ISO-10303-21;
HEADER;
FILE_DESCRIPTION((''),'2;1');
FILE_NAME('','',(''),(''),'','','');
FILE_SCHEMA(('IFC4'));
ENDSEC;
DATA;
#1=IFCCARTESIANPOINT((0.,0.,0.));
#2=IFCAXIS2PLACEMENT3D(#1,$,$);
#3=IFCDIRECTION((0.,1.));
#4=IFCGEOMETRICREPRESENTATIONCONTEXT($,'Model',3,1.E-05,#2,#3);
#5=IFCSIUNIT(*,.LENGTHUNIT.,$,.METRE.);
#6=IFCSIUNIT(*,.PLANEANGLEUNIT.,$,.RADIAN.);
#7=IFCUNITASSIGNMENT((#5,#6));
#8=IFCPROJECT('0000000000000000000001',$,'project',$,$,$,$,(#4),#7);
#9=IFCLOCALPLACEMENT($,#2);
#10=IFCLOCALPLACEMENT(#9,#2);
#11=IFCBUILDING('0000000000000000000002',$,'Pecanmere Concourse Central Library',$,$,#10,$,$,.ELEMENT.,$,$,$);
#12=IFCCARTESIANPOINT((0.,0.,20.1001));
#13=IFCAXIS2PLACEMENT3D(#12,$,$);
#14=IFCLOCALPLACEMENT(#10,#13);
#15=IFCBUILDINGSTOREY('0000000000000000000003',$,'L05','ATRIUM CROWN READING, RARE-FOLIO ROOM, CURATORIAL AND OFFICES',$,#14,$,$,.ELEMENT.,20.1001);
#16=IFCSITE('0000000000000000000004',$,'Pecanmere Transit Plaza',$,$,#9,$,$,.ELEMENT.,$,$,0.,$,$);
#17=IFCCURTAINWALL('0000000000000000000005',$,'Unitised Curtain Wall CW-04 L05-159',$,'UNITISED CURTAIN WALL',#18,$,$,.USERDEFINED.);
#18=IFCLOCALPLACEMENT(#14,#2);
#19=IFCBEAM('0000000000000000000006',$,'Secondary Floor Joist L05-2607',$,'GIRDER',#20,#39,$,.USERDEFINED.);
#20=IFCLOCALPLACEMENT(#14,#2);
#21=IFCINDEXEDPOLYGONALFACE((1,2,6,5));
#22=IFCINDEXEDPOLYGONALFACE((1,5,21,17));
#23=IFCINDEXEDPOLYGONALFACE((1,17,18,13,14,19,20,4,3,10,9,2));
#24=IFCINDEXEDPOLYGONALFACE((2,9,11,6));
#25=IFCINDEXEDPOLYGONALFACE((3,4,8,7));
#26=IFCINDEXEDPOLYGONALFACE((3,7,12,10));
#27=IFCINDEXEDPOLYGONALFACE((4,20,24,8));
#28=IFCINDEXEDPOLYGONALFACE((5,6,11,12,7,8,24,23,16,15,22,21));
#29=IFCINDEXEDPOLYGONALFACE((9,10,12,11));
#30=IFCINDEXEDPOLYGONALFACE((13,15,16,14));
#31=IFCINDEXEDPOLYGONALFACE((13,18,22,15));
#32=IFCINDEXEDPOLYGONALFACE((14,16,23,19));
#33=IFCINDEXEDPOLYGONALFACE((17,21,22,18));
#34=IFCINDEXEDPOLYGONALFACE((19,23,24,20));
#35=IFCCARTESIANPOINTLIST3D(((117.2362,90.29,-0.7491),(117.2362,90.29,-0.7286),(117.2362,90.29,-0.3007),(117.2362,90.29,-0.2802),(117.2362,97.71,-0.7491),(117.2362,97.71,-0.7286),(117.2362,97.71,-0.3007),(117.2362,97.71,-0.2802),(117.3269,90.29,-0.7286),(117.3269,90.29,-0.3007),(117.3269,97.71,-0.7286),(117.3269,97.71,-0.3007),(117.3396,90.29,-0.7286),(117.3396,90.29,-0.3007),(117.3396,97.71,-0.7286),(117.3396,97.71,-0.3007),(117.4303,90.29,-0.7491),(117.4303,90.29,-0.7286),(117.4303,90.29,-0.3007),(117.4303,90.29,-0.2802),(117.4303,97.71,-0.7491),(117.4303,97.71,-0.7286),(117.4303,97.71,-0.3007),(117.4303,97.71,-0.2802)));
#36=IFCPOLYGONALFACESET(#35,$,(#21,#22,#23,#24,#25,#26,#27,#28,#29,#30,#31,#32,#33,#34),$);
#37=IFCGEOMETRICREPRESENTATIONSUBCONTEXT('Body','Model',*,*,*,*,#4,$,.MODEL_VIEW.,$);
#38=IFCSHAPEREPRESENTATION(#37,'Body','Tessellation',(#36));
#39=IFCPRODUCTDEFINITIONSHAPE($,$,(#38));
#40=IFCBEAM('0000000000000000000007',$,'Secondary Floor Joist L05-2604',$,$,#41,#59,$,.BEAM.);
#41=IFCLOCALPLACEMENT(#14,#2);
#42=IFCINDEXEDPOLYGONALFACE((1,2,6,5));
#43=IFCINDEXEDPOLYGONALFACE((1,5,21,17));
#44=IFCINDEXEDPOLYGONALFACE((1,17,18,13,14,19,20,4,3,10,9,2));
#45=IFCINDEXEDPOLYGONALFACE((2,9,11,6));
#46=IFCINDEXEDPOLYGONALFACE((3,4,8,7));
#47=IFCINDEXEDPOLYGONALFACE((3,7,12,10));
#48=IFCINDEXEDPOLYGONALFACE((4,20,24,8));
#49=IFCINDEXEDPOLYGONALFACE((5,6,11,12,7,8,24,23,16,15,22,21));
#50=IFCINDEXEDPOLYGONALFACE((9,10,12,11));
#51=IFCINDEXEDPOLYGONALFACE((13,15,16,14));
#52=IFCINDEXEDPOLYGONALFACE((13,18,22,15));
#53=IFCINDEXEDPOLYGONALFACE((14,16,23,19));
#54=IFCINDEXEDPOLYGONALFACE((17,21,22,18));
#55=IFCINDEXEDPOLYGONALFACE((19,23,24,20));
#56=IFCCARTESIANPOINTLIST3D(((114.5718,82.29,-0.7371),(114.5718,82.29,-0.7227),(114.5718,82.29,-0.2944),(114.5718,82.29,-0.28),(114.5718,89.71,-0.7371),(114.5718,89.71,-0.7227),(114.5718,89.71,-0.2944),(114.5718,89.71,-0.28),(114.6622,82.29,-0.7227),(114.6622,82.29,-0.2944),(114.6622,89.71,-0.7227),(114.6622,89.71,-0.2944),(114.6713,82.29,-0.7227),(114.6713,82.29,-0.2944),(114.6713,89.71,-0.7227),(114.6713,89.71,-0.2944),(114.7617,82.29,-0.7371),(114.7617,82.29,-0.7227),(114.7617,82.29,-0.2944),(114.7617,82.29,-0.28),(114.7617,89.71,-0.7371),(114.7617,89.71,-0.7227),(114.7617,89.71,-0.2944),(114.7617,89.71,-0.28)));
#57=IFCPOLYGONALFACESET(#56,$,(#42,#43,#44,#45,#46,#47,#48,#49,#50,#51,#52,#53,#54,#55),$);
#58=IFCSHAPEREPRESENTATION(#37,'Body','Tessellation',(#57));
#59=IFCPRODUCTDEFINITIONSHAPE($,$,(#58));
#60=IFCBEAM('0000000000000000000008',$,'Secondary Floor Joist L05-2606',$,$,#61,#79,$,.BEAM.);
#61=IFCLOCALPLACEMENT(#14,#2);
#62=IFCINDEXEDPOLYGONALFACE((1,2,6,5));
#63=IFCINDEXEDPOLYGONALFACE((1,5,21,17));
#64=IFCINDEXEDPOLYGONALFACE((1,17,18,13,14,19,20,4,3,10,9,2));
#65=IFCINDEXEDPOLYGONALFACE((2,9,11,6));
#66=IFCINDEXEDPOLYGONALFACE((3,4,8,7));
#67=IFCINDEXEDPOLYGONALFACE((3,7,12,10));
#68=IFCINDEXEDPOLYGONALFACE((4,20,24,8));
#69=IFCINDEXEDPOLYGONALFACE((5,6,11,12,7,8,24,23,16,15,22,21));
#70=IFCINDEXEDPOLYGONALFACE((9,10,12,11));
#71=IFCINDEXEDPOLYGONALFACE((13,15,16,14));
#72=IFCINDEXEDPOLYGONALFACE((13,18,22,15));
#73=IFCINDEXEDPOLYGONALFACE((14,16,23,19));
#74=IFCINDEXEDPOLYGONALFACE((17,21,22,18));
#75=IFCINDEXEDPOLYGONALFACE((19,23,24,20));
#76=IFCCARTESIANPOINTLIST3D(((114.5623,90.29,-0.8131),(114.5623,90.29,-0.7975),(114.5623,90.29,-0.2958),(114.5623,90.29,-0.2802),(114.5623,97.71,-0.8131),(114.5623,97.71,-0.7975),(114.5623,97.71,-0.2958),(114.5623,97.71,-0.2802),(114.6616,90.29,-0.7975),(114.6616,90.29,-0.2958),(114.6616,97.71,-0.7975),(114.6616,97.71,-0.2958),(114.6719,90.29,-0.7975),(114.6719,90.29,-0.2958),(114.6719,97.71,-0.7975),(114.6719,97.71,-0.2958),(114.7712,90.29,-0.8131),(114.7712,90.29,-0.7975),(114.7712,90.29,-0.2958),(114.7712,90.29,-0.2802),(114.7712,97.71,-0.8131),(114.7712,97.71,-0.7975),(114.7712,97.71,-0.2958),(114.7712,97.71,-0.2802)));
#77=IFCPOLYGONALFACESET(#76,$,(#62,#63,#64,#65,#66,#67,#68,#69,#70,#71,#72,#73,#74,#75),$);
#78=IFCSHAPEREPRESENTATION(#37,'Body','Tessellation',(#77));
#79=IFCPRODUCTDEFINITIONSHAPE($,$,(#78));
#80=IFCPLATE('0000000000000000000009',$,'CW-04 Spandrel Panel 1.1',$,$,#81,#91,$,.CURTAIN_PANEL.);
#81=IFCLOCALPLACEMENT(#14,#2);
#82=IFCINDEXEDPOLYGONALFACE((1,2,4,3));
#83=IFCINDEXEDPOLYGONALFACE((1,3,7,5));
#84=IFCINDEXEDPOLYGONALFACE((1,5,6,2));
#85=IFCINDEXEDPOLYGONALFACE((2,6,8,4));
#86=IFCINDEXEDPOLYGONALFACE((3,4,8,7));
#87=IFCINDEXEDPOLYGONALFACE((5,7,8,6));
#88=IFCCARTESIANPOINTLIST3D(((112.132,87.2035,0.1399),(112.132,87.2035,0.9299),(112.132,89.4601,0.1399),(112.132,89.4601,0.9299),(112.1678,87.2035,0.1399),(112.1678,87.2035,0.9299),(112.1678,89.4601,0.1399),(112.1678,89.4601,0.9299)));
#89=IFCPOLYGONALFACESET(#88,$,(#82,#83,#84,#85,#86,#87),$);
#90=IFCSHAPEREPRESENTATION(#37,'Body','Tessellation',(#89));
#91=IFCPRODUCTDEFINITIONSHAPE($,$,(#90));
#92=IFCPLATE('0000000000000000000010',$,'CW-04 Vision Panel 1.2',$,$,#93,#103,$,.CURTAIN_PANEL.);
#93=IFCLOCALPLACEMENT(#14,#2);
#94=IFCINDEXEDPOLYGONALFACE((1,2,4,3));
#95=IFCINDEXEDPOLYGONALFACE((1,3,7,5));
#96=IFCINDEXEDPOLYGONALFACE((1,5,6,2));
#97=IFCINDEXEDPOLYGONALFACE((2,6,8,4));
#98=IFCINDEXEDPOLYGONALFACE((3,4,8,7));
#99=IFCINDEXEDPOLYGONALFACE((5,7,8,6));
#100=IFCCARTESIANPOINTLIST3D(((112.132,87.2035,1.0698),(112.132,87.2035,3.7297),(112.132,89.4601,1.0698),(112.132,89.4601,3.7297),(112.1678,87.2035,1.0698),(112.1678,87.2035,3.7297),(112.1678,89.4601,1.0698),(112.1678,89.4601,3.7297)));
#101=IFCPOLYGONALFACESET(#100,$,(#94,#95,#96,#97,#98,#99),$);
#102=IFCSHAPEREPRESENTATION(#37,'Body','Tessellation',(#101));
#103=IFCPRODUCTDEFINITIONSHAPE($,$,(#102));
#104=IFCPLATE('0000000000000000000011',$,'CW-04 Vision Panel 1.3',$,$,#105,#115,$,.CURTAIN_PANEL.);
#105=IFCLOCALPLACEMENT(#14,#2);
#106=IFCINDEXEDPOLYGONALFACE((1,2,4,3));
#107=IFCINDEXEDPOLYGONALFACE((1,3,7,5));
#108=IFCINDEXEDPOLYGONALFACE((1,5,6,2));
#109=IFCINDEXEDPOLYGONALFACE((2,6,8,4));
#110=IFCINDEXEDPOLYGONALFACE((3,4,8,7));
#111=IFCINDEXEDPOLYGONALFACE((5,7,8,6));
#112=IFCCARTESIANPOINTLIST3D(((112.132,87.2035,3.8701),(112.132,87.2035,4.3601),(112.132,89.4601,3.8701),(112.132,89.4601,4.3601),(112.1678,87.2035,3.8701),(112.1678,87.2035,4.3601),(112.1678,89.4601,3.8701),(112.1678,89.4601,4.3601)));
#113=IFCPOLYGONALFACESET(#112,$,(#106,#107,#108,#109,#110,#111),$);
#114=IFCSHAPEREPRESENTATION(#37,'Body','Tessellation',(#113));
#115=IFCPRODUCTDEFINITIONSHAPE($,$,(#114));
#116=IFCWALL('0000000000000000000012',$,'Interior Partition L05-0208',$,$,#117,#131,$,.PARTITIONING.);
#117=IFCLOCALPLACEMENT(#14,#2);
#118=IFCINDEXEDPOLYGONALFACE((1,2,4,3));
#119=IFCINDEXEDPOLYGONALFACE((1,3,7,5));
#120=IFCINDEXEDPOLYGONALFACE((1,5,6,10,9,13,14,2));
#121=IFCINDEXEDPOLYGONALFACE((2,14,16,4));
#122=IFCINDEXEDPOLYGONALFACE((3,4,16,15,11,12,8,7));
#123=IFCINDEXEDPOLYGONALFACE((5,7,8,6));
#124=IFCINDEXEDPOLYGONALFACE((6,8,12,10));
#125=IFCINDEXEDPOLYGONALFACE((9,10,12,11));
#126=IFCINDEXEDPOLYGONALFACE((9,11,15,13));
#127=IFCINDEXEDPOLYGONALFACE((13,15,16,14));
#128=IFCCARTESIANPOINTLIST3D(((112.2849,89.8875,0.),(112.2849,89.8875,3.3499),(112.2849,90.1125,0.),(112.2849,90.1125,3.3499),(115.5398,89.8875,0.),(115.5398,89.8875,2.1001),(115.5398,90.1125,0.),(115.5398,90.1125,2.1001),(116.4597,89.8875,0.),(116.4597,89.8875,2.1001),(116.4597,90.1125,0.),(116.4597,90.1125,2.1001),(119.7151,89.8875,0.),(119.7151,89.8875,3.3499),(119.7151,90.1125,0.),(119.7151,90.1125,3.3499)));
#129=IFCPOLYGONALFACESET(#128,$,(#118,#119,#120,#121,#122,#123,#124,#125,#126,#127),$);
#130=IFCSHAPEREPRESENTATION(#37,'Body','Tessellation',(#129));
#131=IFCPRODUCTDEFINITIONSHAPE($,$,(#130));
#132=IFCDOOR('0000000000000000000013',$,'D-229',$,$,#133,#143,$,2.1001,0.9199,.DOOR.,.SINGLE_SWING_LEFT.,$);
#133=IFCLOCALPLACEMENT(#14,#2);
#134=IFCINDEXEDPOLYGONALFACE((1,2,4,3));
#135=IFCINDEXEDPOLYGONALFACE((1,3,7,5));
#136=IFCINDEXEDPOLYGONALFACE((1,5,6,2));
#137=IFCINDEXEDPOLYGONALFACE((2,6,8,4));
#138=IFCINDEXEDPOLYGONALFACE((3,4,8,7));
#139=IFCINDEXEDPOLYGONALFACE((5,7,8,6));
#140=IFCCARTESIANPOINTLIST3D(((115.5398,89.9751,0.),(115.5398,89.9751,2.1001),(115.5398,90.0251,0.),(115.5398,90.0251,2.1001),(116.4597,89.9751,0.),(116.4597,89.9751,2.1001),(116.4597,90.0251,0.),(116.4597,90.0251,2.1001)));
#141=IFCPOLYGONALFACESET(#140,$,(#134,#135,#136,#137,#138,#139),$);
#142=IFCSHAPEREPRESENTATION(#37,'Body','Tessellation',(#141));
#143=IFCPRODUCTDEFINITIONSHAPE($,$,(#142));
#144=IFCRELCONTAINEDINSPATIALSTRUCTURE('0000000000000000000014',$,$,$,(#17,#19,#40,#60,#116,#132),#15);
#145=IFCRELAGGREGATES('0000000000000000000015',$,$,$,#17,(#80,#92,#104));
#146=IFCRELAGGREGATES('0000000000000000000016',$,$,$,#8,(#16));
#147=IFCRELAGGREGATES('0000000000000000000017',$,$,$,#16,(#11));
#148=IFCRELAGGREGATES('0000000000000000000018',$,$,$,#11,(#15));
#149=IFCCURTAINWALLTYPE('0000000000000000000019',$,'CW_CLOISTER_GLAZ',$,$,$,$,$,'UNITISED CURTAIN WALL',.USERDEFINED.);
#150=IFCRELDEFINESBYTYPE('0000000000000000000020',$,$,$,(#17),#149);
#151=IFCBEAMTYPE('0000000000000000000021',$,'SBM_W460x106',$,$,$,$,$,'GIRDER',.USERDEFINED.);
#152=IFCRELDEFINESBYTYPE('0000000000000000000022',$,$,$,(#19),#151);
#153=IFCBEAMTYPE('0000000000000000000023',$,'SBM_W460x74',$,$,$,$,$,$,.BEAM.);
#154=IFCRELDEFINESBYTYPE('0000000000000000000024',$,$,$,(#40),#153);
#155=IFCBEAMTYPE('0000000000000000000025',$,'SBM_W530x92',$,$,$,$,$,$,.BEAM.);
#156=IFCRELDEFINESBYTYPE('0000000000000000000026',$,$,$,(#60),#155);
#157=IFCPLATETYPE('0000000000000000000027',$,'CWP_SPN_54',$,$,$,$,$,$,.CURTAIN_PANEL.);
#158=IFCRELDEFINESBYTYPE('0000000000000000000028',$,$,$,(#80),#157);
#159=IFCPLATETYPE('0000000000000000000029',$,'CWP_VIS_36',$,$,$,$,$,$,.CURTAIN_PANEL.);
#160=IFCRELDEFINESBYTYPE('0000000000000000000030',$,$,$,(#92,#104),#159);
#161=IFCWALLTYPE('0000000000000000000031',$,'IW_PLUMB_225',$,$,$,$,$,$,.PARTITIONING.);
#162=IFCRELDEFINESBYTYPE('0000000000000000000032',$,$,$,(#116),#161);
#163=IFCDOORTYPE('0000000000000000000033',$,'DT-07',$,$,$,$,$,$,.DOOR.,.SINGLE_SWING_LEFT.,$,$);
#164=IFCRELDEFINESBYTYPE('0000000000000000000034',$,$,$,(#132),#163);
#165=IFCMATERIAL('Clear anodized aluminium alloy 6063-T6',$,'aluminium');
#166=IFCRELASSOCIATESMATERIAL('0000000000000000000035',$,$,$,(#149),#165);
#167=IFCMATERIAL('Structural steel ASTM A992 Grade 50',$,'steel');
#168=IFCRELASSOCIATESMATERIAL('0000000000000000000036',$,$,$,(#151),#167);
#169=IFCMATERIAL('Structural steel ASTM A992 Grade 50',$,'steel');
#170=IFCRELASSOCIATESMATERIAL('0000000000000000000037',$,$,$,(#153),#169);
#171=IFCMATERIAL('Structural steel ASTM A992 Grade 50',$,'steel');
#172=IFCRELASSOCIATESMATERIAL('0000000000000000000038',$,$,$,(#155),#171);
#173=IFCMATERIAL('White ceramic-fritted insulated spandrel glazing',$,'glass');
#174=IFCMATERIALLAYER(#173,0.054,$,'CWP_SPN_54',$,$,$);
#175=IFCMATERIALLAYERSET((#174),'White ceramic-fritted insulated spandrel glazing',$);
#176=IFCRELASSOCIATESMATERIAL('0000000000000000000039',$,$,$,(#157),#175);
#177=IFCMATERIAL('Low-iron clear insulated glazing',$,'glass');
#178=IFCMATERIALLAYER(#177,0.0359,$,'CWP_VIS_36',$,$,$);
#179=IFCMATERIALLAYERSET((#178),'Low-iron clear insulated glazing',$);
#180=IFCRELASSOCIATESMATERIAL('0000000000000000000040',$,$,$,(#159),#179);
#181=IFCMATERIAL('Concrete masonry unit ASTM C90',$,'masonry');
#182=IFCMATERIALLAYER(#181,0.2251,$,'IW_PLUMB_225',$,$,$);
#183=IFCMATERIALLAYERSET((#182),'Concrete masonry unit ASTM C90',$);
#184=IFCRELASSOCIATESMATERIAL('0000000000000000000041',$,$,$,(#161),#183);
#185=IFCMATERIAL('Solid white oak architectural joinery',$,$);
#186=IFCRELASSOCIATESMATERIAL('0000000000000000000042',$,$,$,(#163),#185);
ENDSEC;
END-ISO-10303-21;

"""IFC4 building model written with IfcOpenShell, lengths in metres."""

from ifc_helpers import new_model, si_unit, direction, frame, frame_2d, origin, origin_2d, place, context, subcontext, project, spatial, rectangle, i_section, extrude, material, layer, layer_set, material_profile, profile_set, type_object, element, fill, aggregate, save


model = new_model("IFC4")

# Units and contexts
model_context = context("Model", 3, precision=1e-05, world=origin(), true_north=direction((0.0, 1.0)))
body_context = subcontext(model_context, "Body", "Model", "MODEL_VIEW")
ifc_project = project(units=[si_unit("LENGTHUNIT", "METRE"), si_unit("PLANEANGLEUNIT", "RADIAN")], contexts=[model_context])

# Site, building, storey
site_placement = place(None, origin())
site = spatial("IfcSite", under=ifc_project, at=site_placement, Name="Pecanmere Transit Plaza", CompositionType="ELEMENT", RefElevation=0.0)
building_placement = place(site_placement, origin())
building = spatial("IfcBuilding", under=site, at=building_placement, Name="Pecanmere Concourse Central Library", CompositionType="ELEMENT")
storey_placement = place(building_placement, frame((0.0, 0.0, 20.1001)))
storey = spatial("IfcBuildingStorey", under=building, at=storey_placement, Name="L05", Description="ATRIUM CROWN READING, RARE-FOLIO ROOM, CURATORIAL AND OFFICES", CompositionType="ELEMENT", Elevation=20.1001)

# Curtain wall
ifc_material_1 = material(Name="Clear anodized aluminium alloy 6063-T6", Category="aluminium")
curtain_wall_type = type_object("IfcCurtainWallType", Name="CW_CLOISTER_GLAZ", ElementType="UNITISED CURTAIN WALL", PredefinedType="USERDEFINED", material=ifc_material_1)
curtain_wall_1_placement = place(storey_placement, origin())
curtain_wall_1 = element("IfcCurtainWall", 1, at=curtain_wall_1_placement, inside=storey, type_object=curtain_wall_type, Name="Unitised Curtain Wall CW-04 L05-159", ObjectType="UNITISED CURTAIN WALL", PredefinedType="USERDEFINED")

# Beams
ifc_material_2 = material(Name="Structural steel ASTM A992 Grade 50", Category="steel")
ifc_material_profile_1 = material_profile(ifc_material_2, i_section(OverallWidth=0.1941, OverallDepth=0.469, WebThickness=0.0127, FlangeThickness=0.0205, at=origin_2d()), Name="W460x106")
ifc_profile_set_1 = profile_set([ifc_material_profile_1], Name="Structural steel ASTM A992 Grade 50")
beam_type_1 = type_object("IfcBeamType", Name="SBM_W460x106", ElementType="GIRDER", PredefinedType="USERDEFINED", material=ifc_profile_set_1)
beam_1_placement = place(storey_placement, frame((117.3333, 90.29, -0.5146), z_axis=(0.0, 1.0, 0.0), x_axis=(-1.0, 0.0, 0.0)))
element("IfcBeam", 2, at=beam_1_placement, inside=storey, type_object=beam_type_1, Name="Secondary Floor Joist L05-2607", ObjectType="GIRDER", PredefinedType="USERDEFINED", context=body_context, shape_type="SweptSolid", body=[
    extrude(i_section(OverallWidth=0.1941, OverallDepth=0.469, WebThickness=0.0127, FlangeThickness=0.0205, at=origin_2d()), origin(), (0.0, 0.0, 1.0), 7.4199),
])
ifc_material_3 = material(Name="Structural steel ASTM A992 Grade 50", Category="steel")
ifc_material_profile_2 = material_profile(ifc_material_3, i_section(OverallWidth=0.1899, OverallDepth=0.457, WebThickness=0.009, FlangeThickness=0.0144, at=origin_2d()), Name="W460x74")
ifc_profile_set_2 = profile_set([ifc_material_profile_2], Name="Structural steel ASTM A992 Grade 50")
beam_type_2 = type_object("IfcBeamType", Name="SBM_W460x74", PredefinedType="BEAM", material=ifc_profile_set_2)
beam_2_placement = place(storey_placement, frame((114.6667, 82.29, -0.5085), z_axis=(0.0, 1.0, 0.0), x_axis=(-1.0, 0.0, 0.0)))
element("IfcBeam", 3, at=beam_2_placement, inside=storey, type_object=beam_type_2, Name="Secondary Floor Joist L05-2604", PredefinedType="BEAM", context=body_context, shape_type="SweptSolid", body=[
    extrude(i_section(OverallWidth=0.1899, OverallDepth=0.457, WebThickness=0.009, FlangeThickness=0.0144, at=origin_2d()), origin(), (0.0, 0.0, 1.0), 7.4199),
])
ifc_material_4 = material(Name="Structural steel ASTM A992 Grade 50", Category="steel")
ifc_material_profile_3 = material_profile(ifc_material_4, i_section(OverallWidth=0.209, OverallDepth=0.533, WebThickness=0.0103, FlangeThickness=0.0156, at=origin_2d()), Name="W530x92")
ifc_profile_set_3 = profile_set([ifc_material_profile_3], Name="Structural steel ASTM A992 Grade 50")
beam_type_3 = type_object("IfcBeamType", Name="SBM_W530x92", PredefinedType="BEAM", material=ifc_profile_set_3)
beam_3_placement = place(storey_placement, frame((114.6667, 90.29, -0.5466), z_axis=(0.0, 1.0, 0.0), x_axis=(-1.0, 0.0, 0.0)))
element("IfcBeam", 4, at=beam_3_placement, inside=storey, type_object=beam_type_3, Name="Secondary Floor Joist L05-2606", PredefinedType="BEAM", context=body_context, shape_type="SweptSolid", body=[
    extrude(i_section(OverallWidth=0.209, OverallDepth=0.533, WebThickness=0.0103, FlangeThickness=0.0156, at=origin_2d()), origin(), (0.0, 0.0, 1.0), 7.4199),
])

# Plates
ifc_material_5 = material(Name="White ceramic-fritted insulated spandrel glazing", Category="glass")
ifc_layer_1 = layer(ifc_material_5, 0.054, Name="CWP_SPN_54")
ifc_layer_set_1 = layer_set([ifc_layer_1], Name="White ceramic-fritted insulated spandrel glazing")
plate_type_1 = type_object("IfcPlateType", Name="CWP_SPN_54", PredefinedType="CURTAIN_PANEL", material=ifc_layer_set_1)
plate_1_placement = place(storey_placement, frame((112.1499, 88.3318, 0.1399), z_axis=(0.0, 0.0, 1.0), x_axis=(0.0, -1.0, 0.0)))
plate_1 = element("IfcPlate", 5, at=plate_1_placement, type_object=plate_type_1, Name="CW-04 Spandrel Panel 1.1", PredefinedType="CURTAIN_PANEL", context=body_context, shape_type="SweptSolid", body=[
    extrude(rectangle(XDim=2.2566, YDim=0.0359, at=origin_2d()), origin(), (0.0, 0.0, 1.0), 0.79),
])
ifc_material_6 = material(Name="Low-iron clear insulated glazing", Category="glass")
ifc_layer_2 = layer(ifc_material_6, 0.0359, Name="CWP_VIS_36")
ifc_layer_set_2 = layer_set([ifc_layer_2], Name="Low-iron clear insulated glazing")
plate_type_2 = type_object("IfcPlateType", Name="CWP_VIS_36", PredefinedType="CURTAIN_PANEL", material=ifc_layer_set_2)
plate_2_placement = place(storey_placement, frame((112.1499, 88.3318, 1.0698), z_axis=(0.0, 0.0, 1.0), x_axis=(0.0, -1.0, 0.0)))
plate_2 = element("IfcPlate", 6, at=plate_2_placement, type_object=plate_type_2, Name="CW-04 Vision Panel 1.2", PredefinedType="CURTAIN_PANEL", context=body_context, shape_type="SweptSolid", body=[
    extrude(rectangle(XDim=2.2566, YDim=0.0359, at=origin_2d()), origin(), (0.0, 0.0, 1.0), 2.6599),
])
plate_3_placement = place(storey_placement, frame((112.1499, 88.3318, 3.8701), z_axis=(0.0, 0.0, 1.0), x_axis=(0.0, -1.0, 0.0)))
plate_3 = element("IfcPlate", 7, at=plate_3_placement, type_object=plate_type_2, Name="CW-04 Vision Panel 1.3", PredefinedType="CURTAIN_PANEL", context=body_context, shape_type="SweptSolid", body=[
    extrude(rectangle(XDim=2.2566, YDim=0.0359, at=origin_2d()), origin(), (0.0, 0.0, 1.0), 0.49),
])
aggregate(curtain_wall_1, [plate_1, plate_2, plate_3])

# Wall, opening, door
ifc_material_7 = material(Name="Concrete masonry unit ASTM C90", Category="masonry")
ifc_layer_3 = layer(ifc_material_7, 0.2251, Name="IW_PLUMB_225")
ifc_layer_set_3 = layer_set([ifc_layer_3], Name="Concrete masonry unit ASTM C90")
wall_type = type_object("IfcWallType", Name="IW_PLUMB_225", PredefinedType="PARTITIONING", material=ifc_layer_set_3)
wall_placement = place(storey_placement, frame((112.2849, 90.0, 0.0), z_axis=(0.0, 0.0, 1.0), x_axis=(1.0, 0.0, 0.0)))
wall = element("IfcWall", 8, at=wall_placement, inside=storey, type_object=wall_type, Name="Interior Partition L05-0208", PredefinedType="PARTITIONING", context=body_context, shape_type="SweptSolid", body=[
    extrude(rectangle(XDim=7.4302, YDim=0.2251, at=frame_2d((3.7151, 0.0))), origin(), (0.0, 0.0, 1.0), 3.3499),
])
opening_placement = place(wall_placement, frame((3.2549, 0.0, 0.0)))
opening = element("IfcOpeningElement", 9, at=opening_placement, cuts=wall, PredefinedType="OPENING", context=body_context, shape_type="SweptSolid", body=[
    extrude(rectangle(XDim=0.9199, YDim=2.1001, at=frame_2d((0.46, 1.05))), frame((0.0, 0.1245, 0.0), z_axis=(0.0, -1.0, 0.0), x_axis=(1.0, 0.0, 0.0)), (0.0, 0.0, 1.0), 0.249),
])
ifc_material_8 = material(Name="Solid white oak architectural joinery")
door_type = type_object("IfcDoorType", Name="DT-07", OperationType="SINGLE_SWING_LEFT", PredefinedType="DOOR", material=ifc_material_8)
door_placement = place(opening_placement, frame((0.9199, 0.0, 0.0), z_axis=(0.0, 0.0, 1.0), x_axis=(-1.0, 0.0, 0.0)))
door = element("IfcDoor", 10, at=door_placement, inside=storey, type_object=door_type, Name="D-229", OperationType="SINGLE_SWING_LEFT", OverallHeight=2.1001, OverallWidth=0.9199, PredefinedType="DOOR", context=body_context, shape_type="SweptSolid", body=[
    extrude(rectangle(XDim=0.9199, YDim=2.1001, at=frame_2d((0.46, 1.05))), frame((0.0, 0.0249, 0.0), z_axis=(0.0, -1.0, 0.0), x_axis=(1.0, 0.0, 0.0)), (0.0, 0.0, 1.0), 0.05),
])
fill(opening, door)

save(model, "model.ifc")
